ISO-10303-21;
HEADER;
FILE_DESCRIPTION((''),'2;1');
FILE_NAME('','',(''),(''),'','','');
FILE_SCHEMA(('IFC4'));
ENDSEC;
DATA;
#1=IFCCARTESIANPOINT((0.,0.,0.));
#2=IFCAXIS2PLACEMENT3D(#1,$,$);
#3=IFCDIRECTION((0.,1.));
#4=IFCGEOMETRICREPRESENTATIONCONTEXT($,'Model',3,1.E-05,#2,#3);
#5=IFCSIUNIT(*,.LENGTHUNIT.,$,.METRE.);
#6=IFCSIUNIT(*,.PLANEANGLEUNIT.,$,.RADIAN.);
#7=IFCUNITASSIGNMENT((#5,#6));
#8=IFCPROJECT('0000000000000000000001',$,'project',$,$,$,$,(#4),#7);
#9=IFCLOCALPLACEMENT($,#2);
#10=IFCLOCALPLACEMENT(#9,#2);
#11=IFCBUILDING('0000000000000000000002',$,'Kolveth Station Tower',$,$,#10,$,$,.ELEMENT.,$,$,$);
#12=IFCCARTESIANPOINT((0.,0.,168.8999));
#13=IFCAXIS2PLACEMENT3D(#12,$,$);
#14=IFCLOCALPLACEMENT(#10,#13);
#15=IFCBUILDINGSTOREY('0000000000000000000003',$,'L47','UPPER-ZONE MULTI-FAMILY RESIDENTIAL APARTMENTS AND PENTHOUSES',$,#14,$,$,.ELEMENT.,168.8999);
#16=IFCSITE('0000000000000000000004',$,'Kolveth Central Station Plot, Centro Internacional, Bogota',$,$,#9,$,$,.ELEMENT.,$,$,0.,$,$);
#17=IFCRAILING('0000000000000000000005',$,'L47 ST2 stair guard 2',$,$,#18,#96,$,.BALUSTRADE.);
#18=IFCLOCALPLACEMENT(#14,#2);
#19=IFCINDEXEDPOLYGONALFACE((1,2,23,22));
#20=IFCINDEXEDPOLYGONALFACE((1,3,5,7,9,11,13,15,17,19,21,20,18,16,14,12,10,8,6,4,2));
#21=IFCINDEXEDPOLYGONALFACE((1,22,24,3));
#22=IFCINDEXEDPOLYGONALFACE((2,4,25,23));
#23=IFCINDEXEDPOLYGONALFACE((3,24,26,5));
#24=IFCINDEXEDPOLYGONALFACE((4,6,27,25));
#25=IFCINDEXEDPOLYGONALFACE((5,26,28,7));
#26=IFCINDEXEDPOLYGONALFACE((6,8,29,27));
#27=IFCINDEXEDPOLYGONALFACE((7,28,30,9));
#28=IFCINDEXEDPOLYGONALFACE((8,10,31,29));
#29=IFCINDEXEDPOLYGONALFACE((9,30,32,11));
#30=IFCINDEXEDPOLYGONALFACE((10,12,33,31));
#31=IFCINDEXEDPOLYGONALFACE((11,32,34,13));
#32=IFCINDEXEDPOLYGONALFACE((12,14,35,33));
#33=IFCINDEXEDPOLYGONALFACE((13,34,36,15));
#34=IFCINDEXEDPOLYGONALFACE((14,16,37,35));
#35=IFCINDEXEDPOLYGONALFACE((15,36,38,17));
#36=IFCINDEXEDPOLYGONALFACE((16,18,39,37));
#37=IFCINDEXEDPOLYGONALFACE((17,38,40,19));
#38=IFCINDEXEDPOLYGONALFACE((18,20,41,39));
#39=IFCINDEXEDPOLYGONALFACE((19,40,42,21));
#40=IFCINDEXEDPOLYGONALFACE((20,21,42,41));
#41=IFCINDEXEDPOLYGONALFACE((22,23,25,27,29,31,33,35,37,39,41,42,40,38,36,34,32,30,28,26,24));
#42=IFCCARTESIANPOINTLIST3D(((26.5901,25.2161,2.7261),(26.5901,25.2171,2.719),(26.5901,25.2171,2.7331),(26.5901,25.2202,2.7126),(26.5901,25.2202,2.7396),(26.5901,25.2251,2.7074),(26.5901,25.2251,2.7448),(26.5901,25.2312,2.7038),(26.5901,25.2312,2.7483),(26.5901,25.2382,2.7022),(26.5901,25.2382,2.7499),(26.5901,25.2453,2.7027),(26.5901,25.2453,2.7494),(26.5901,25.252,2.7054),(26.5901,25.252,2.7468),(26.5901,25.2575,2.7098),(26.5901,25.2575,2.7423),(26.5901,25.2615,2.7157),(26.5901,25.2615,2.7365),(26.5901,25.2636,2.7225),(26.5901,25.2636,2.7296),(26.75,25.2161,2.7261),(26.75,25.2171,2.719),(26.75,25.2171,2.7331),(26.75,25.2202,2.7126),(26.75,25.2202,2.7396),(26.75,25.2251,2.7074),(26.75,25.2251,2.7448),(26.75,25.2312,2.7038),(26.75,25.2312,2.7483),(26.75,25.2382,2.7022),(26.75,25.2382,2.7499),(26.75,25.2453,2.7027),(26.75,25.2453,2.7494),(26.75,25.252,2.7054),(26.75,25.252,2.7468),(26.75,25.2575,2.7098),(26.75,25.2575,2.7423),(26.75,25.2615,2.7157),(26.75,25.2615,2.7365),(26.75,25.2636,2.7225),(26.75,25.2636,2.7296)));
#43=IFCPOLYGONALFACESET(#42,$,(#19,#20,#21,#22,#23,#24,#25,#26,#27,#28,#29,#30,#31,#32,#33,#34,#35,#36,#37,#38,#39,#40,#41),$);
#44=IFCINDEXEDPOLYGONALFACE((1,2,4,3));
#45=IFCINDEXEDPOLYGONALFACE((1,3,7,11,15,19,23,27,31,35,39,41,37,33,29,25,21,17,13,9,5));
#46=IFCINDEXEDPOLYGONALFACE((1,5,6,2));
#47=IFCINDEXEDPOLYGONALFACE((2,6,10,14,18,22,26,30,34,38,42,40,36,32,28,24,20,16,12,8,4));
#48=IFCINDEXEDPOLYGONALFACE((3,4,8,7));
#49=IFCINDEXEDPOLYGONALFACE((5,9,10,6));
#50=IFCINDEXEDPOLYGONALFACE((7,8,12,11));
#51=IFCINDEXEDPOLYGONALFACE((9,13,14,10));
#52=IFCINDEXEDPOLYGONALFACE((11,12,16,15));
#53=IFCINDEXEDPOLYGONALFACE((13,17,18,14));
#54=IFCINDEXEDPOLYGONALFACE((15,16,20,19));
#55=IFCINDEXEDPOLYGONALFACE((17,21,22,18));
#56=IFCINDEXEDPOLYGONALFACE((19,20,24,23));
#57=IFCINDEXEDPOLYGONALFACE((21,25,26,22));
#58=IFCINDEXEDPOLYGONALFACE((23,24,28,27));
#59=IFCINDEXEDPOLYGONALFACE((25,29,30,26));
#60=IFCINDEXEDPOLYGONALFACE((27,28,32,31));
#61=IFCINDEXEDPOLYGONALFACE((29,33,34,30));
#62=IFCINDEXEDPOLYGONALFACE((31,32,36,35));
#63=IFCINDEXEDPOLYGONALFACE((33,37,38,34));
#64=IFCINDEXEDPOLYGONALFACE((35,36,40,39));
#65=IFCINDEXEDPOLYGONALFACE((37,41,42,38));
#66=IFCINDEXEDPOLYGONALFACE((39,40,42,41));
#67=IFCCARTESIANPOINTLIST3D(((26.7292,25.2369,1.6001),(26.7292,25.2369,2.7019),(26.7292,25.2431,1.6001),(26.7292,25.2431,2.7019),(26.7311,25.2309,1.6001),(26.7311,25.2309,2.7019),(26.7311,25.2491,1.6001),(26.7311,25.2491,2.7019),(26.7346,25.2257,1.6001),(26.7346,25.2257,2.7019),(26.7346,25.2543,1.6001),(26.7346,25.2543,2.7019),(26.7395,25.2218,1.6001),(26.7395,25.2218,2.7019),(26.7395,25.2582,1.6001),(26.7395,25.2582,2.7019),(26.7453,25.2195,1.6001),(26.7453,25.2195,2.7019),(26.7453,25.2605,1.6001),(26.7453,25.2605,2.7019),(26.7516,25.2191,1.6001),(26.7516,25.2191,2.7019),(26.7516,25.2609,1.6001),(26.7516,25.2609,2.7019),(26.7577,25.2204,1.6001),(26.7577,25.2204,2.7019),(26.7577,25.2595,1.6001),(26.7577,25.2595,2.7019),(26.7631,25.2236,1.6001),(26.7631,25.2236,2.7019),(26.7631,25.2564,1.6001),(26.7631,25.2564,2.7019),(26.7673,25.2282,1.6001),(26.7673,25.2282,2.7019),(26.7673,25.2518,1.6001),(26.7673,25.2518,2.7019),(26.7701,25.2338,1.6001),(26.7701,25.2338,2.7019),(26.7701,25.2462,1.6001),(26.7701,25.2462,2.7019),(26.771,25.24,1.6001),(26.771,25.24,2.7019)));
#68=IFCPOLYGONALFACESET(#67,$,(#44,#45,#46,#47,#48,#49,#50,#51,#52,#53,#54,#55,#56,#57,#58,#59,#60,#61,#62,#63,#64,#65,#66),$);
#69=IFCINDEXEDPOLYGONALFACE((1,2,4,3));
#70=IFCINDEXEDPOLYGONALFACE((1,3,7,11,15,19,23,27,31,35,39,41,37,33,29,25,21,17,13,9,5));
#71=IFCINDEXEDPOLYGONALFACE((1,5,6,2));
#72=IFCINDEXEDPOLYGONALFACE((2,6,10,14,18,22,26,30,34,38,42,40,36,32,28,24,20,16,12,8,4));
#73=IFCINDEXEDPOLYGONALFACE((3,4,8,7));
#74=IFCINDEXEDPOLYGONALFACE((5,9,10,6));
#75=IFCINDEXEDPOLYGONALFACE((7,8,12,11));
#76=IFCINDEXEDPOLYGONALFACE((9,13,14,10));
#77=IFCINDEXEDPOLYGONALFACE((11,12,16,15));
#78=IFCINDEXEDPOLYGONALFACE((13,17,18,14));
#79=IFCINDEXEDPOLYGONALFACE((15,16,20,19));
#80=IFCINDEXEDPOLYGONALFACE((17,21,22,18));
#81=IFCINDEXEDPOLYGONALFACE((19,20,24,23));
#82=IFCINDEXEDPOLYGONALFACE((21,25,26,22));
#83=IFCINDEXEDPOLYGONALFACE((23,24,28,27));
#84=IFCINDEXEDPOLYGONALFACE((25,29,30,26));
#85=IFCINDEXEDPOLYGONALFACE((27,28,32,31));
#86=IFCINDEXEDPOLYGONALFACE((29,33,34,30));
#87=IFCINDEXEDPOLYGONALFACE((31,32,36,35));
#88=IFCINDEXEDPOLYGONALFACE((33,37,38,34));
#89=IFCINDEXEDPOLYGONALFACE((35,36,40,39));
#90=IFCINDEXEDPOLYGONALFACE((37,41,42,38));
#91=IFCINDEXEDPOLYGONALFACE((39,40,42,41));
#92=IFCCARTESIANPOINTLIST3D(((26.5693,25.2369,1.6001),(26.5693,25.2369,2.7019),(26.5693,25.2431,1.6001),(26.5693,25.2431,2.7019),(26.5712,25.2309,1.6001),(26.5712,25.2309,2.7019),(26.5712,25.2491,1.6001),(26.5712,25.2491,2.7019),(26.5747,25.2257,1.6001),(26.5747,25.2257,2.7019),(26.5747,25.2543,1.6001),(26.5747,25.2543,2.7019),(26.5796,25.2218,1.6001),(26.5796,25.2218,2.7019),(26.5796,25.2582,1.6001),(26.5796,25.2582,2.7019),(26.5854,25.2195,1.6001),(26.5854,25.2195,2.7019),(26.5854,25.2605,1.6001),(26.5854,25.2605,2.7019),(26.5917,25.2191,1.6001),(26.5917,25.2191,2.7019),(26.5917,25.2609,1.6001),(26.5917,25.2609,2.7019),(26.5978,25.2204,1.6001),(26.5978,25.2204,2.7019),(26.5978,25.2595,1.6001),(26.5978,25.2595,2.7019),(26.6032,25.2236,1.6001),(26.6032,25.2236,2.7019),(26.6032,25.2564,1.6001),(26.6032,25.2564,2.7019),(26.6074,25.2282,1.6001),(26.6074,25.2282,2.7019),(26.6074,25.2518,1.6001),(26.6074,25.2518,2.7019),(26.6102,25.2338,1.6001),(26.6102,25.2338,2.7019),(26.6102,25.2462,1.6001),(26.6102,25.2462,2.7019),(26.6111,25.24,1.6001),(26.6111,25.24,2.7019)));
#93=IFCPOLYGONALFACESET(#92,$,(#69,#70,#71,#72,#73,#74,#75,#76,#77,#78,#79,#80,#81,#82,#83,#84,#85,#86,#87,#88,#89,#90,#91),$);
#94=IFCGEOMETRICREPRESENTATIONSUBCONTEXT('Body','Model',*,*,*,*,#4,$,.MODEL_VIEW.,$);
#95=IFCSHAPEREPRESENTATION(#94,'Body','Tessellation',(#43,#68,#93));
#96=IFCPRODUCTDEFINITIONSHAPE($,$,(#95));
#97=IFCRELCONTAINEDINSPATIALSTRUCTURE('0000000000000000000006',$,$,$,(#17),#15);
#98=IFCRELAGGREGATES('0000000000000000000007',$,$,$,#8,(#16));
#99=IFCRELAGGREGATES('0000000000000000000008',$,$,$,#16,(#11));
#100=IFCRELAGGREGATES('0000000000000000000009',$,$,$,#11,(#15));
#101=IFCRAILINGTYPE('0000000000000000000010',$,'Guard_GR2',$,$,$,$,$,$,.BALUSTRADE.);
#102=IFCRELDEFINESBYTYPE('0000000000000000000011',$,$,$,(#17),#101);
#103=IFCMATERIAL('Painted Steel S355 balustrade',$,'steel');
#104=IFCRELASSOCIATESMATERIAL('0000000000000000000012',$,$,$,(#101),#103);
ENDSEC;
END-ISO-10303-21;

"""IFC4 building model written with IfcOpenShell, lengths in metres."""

from ifc_helpers import new_model, si_unit, direction, frame, origin, origin_2d, place, context, subcontext, project, spatial, circle, extrude, material, type_object, element, save


model = new_model("IFC4")

# Units and contexts
model_context = context("Model", 3, precision=1e-05, world=origin(), true_north=direction((0.0, 1.0)))
body_context = subcontext(model_context, "Body", "Model", "MODEL_VIEW")
ifc_project = project(units=[si_unit("LENGTHUNIT", "METRE"), si_unit("PLANEANGLEUNIT", "RADIAN")], contexts=[model_context])

# Site, building, storey
site_placement = place(None, origin())
site = spatial("IfcSite", under=ifc_project, at=site_placement, Name="Kolveth Central Station Plot, Centro Internacional, Bogota", CompositionType="ELEMENT", RefElevation=0.0)
building_placement = place(site_placement, origin())
building = spatial("IfcBuilding", under=site, at=building_placement, Name="Kolveth Station Tower", CompositionType="ELEMENT")
storey_placement = place(building_placement, frame((0.0, 0.0, 168.8999)))
storey = spatial("IfcBuildingStorey", under=building, at=storey_placement, Name="L47", Description="UPPER-ZONE MULTI-FAMILY RESIDENTIAL APARTMENTS AND PENTHOUSES", CompositionType="ELEMENT", Elevation=168.8999)

# Railing
ifc_material_1 = material(Name="Painted Steel S355 balustrade", Category="steel")
railing_type_1 = type_object("IfcRailingType", Name="Guard_GR2", PredefinedType="BALUSTRADE", material=ifc_material_1)
railing_1_placement = place(storey_placement, frame((26.75, 25.24, 1.6001)))
element("IfcRailing", 1, at=railing_1_placement, inside=storey, type_object=railing_type_1, Name="L47 ST2 stair guard 2", PredefinedType="BALUSTRADE", context=body_context, shape_type="SweptSolid", body=[
    extrude(circle(Radius=0.0239, at=origin_2d()), frame((0.0, 0.0, 1.126), z_axis=(-1.0, 0.0, 0.0), x_axis=(0.0, -1.0, 0.0)), (0.0, 0.0, 1.0), 0.1599),
    extrude(circle(Radius=0.021, at=origin_2d()), origin(), (0.0, 0.0, 1.0), 1.1018),
    extrude(circle(Radius=0.021, at=origin_2d()), frame((-0.1599, 0.0, 0.0)), (0.0, 0.0, 1.0), 1.1018),
])

save(model, "model.ifc")
